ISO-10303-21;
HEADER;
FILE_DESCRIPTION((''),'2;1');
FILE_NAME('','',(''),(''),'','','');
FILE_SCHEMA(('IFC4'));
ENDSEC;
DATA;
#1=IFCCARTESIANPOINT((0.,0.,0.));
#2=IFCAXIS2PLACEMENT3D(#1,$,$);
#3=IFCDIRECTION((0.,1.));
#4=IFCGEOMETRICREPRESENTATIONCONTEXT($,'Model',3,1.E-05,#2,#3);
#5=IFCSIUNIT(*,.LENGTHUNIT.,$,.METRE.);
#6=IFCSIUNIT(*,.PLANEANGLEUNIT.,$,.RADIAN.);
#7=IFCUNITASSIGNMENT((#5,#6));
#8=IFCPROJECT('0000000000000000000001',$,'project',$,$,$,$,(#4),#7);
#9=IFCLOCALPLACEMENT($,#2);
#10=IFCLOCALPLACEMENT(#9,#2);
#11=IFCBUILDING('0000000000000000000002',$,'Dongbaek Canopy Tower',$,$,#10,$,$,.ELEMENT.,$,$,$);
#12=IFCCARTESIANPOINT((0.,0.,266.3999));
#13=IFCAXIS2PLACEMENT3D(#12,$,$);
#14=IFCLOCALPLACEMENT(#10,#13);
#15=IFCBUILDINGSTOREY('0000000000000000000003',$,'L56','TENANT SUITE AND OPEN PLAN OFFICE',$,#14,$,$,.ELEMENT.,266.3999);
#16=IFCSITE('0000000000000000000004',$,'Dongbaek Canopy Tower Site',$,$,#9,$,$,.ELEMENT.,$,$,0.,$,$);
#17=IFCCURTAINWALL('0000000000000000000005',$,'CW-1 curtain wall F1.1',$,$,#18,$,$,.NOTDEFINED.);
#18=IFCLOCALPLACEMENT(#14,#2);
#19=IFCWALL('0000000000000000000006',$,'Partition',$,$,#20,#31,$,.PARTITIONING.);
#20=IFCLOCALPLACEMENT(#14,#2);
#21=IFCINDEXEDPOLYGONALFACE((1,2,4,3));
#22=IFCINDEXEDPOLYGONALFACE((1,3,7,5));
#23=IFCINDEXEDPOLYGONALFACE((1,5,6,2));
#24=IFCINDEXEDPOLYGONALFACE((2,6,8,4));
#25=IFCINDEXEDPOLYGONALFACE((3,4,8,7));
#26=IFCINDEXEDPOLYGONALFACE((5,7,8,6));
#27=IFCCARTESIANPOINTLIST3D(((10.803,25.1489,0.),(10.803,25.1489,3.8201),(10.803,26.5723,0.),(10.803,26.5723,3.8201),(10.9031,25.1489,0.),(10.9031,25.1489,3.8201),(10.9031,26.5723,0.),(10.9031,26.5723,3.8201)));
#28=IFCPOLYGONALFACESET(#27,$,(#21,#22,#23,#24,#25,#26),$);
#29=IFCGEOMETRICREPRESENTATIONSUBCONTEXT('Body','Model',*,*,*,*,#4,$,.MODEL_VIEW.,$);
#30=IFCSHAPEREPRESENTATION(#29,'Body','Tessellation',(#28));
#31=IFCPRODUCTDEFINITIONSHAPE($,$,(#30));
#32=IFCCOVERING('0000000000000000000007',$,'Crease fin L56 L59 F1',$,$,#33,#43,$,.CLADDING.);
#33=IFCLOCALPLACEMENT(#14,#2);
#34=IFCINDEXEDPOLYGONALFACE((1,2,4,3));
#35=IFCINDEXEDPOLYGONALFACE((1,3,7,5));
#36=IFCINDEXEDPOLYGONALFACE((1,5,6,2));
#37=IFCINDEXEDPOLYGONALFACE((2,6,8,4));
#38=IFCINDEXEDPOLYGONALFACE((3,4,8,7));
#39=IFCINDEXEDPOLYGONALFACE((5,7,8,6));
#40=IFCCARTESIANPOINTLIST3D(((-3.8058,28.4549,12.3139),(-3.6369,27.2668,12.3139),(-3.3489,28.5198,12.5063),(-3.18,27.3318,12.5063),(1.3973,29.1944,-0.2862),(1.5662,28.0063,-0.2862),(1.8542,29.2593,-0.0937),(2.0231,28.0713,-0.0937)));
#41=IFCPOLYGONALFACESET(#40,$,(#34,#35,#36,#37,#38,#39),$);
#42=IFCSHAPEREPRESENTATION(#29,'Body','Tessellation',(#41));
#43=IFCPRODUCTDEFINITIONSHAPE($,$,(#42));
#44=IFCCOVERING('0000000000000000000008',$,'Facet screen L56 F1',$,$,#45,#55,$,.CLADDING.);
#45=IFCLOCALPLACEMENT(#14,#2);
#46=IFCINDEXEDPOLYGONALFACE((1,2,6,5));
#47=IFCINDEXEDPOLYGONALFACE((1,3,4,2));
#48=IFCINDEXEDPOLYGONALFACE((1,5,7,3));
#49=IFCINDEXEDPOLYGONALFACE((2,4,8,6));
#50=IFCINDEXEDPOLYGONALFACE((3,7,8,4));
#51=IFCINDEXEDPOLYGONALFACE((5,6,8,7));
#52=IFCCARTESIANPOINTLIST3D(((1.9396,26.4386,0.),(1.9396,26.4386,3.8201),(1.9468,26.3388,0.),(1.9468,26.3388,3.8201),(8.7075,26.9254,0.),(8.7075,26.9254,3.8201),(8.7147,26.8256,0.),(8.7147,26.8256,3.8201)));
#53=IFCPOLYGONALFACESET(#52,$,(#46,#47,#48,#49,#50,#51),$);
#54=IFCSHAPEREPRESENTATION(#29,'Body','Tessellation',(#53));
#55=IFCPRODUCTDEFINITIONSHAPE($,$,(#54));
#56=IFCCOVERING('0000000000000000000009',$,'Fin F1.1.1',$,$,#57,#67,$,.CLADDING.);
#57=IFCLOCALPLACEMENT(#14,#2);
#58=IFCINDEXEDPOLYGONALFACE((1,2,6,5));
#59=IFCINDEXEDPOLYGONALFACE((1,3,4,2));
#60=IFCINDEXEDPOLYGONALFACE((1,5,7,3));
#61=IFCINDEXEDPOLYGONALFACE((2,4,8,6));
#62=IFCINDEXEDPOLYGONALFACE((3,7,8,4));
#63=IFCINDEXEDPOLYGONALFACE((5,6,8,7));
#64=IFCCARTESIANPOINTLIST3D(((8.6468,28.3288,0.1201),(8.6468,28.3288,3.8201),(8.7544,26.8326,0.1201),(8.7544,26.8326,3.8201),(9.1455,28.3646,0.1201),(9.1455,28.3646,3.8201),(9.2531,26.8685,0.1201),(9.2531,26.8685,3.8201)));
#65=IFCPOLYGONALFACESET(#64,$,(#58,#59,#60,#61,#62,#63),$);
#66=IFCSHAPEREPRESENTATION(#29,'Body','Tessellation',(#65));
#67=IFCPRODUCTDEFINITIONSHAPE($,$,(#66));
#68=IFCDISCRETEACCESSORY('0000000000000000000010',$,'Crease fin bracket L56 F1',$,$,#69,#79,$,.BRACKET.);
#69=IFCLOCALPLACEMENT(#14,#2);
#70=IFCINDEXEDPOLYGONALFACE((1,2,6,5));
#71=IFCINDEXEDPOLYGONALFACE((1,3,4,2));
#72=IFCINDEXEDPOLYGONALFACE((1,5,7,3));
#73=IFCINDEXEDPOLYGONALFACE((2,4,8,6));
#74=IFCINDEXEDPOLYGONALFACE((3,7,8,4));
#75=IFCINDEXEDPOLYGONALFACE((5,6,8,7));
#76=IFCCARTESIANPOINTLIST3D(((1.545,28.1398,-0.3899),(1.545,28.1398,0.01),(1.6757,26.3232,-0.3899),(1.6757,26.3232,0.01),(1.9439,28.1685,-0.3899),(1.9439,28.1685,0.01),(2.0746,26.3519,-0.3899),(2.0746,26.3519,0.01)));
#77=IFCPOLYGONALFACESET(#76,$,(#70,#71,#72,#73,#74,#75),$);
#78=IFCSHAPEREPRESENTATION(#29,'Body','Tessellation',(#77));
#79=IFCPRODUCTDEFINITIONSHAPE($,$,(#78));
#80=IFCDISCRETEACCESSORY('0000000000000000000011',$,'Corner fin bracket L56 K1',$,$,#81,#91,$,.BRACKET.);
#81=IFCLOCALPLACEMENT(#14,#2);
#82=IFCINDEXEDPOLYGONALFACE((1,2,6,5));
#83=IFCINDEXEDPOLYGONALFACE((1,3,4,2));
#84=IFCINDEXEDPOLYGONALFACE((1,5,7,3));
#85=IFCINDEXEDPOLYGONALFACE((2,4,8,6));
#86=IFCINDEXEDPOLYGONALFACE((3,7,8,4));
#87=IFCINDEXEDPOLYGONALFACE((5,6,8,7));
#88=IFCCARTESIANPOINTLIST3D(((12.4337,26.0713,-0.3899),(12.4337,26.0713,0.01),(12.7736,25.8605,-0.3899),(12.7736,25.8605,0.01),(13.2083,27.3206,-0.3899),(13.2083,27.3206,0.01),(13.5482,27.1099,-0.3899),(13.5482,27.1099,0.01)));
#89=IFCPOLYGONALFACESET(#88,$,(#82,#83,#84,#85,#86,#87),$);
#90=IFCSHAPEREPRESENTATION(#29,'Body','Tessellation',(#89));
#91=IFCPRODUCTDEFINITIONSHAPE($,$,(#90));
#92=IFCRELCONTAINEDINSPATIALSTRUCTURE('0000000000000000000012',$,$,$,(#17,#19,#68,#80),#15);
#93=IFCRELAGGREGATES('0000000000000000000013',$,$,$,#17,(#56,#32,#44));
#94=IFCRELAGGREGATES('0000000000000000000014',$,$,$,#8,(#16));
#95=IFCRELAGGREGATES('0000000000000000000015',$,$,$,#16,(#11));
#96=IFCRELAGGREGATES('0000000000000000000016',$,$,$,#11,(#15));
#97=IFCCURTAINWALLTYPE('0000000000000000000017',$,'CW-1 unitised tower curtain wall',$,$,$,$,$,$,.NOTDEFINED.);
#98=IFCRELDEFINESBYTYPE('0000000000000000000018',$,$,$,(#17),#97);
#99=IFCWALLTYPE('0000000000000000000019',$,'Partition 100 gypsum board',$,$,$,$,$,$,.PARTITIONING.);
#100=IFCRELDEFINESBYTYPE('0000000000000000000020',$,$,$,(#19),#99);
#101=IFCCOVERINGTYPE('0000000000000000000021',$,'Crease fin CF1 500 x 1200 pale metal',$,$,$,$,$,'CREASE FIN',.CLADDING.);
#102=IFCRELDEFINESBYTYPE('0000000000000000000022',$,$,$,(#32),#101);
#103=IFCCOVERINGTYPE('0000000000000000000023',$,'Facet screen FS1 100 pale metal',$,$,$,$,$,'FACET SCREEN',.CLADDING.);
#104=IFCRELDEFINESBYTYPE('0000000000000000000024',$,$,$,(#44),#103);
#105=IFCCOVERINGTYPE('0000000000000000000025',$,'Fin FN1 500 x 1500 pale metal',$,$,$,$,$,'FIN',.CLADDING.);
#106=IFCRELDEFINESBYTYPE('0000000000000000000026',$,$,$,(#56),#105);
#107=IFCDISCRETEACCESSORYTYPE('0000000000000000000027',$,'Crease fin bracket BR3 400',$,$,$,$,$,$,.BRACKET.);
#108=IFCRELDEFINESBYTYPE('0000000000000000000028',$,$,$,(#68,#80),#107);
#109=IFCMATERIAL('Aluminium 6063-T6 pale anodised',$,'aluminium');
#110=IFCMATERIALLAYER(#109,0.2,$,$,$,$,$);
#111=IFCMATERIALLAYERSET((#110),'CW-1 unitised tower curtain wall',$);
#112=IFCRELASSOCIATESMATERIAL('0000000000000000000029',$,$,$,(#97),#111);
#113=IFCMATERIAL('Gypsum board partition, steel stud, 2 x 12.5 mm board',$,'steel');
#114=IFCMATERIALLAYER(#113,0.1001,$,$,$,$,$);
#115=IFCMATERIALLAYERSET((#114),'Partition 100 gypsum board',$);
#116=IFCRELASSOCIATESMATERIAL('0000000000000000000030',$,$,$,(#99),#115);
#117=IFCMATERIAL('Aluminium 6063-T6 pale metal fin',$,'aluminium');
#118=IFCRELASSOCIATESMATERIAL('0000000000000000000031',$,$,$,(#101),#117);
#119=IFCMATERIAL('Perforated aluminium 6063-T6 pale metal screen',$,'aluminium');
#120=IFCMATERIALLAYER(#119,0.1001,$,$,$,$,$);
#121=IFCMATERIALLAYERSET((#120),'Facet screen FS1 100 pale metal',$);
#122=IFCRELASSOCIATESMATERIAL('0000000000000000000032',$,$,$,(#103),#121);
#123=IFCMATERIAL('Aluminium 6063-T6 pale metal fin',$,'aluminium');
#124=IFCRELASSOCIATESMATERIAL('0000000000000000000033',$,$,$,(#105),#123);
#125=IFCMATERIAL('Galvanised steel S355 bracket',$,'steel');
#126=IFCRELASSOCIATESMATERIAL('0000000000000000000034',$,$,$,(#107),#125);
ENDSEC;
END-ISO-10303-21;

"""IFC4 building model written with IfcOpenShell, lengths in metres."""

from ifc_helpers import new_model, si_unit, direction, frame, frame_2d, origin, origin_2d, place, context, subcontext, project, spatial, rectangle, extrude, material, layer, layer_set, material_profile, profile_set, type_object, element, aggregate, save


model = new_model("IFC4")

# Units and contexts
model_context = context("Model", 3, precision=1e-05, world=origin(), true_north=direction((0.0, 1.0)))
body_context = subcontext(model_context, "Body", "Model", "MODEL_VIEW")
ifc_project = project(units=[si_unit("LENGTHUNIT", "METRE"), si_unit("PLANEANGLEUNIT", "RADIAN")], contexts=[model_context])

# Site, building, storey
site_placement = place(None, origin())
site = spatial("IfcSite", under=ifc_project, at=site_placement, Name="Dongbaek Canopy Tower Site", CompositionType="ELEMENT", RefElevation=0.0)
building_placement = place(site_placement, origin())
building = spatial("IfcBuilding", under=site, at=building_placement, Name="Dongbaek Canopy Tower", CompositionType="ELEMENT")
storey_placement = place(building_placement, frame((0.0, 0.0, 266.3999)))
storey = spatial("IfcBuildingStorey", under=building, at=storey_placement, Name="L56", Description="TENANT SUITE AND OPEN PLAN OFFICE", CompositionType="ELEMENT", Elevation=266.3999)

# Curtain wall
ifc_material_1 = material(Name="Aluminium 6063-T6 pale anodised", Category="aluminium")
ifc_layer_1 = layer(ifc_material_1, 0.2)
ifc_layer_set_1 = layer_set([ifc_layer_1], Name="CW-1 unitised tower curtain wall")
curtain_wall_type = type_object("IfcCurtainWallType", Name="CW-1 unitised tower curtain wall", PredefinedType="NOTDEFINED", material=ifc_layer_set_1)
curtain_wall_1_placement = place(storey_placement, origin())
curtain_wall_1 = element("IfcCurtainWall", 1, at=curtain_wall_1_placement, inside=storey, type_object=curtain_wall_type, Name="CW-1 curtain wall F1.1", PredefinedType="NOTDEFINED")

# Wall
ifc_material_2 = material(Name="Gypsum board partition, steel stud, 2 x 12.5 mm board", Category="steel")
ifc_layer_2 = layer(ifc_material_2, 0.1001)
ifc_layer_set_2 = layer_set([ifc_layer_2], Name="Partition 100 gypsum board")
wall_type = type_object("IfcWallType", Name="Partition 100 gypsum board", PredefinedType="PARTITIONING", material=ifc_layer_set_2)
wall_placement = place(storey_placement, frame((10.853, 25.1489, 0.0), z_axis=(0.0, 0.0, 1.0), x_axis=(0.0, 1.0, 0.0)))
element("IfcWall", 2, at=wall_placement, inside=storey, type_object=wall_type, Name="Partition", PredefinedType="PARTITIONING", context=body_context, shape_type="SweptSolid", body=[
    extrude(rectangle(XDim=1.4233, YDim=0.1001, at=frame_2d((0.7117, 0.0))), origin(), (0.0, 0.0, 1.0), 3.8201),
])

# Coverings
ifc_material_3 = material(Name="Aluminium 6063-T6 pale metal fin", Category="aluminium")
ifc_material_profile_1 = material_profile(ifc_material_3, rectangle(XDim=1.2, YDim=0.5, at=origin_2d()), Name="Crease fin CF1 500 x 1200 pale metal")
ifc_profile_set_1 = profile_set([ifc_material_profile_1], Name="Aluminium 6063-T6 pale metal fin")
covering_type_1 = type_object("IfcCoveringType", Name="Crease fin CF1 500 x 1200 pale metal", ElementType="CREASE FIN", PredefinedType="CLADDING", material=ifc_profile_set_1)
covering_1_placement = place(storey_placement, frame((1.7102, 28.6328, -0.1899), z_axis=(-0.381121, -0.054167, 0.922937), x_axis=(0.140712, -0.990051, 0.0)))
covering_1 = element("IfcCovering", 3, at=covering_1_placement, type_object=covering_type_1, Name="Crease fin L56 L59 F1", PredefinedType="CLADDING", context=body_context, shape_type="SweptSolid", body=[
    extrude(rectangle(XDim=1.2, YDim=0.5, at=origin_2d()), origin(), (0.0, 0.0, 1.0), 13.6521),
])
ifc_material_4 = material(Name="Perforated aluminium 6063-T6 pale metal screen", Category="aluminium")
ifc_layer_3 = layer(ifc_material_4, 0.1001)
ifc_layer_set_3 = layer_set([ifc_layer_3], Name="Facet screen FS1 100 pale metal")
covering_type_2 = type_object("IfcCoveringType", Name="Facet screen FS1 100 pale metal", ElementType="FACET SCREEN", PredefinedType="CLADDING", material=ifc_layer_set_3)
covering_2_placement = place(storey_placement, frame((5.3271, 26.6321, 0.0), z_axis=(0.0, 0.0, 1.0), x_axis=(-0.997423, -0.071745, 0.0)))
covering_2 = element("IfcCovering", 4, at=covering_2_placement, type_object=covering_type_2, Name="Facet screen L56 F1", PredefinedType="CLADDING", context=body_context, shape_type="SweptSolid", body=[
    extrude(rectangle(XDim=6.7854, YDim=0.1001, at=origin_2d()), origin(), (0.0, 0.0, 1.0), 3.8201),
])
ifc_material_5 = material(Name="Aluminium 6063-T6 pale metal fin", Category="aluminium")
ifc_material_profile_2 = material_profile(ifc_material_5, rectangle(XDim=1.5, YDim=0.5, at=origin_2d()), Name="Fin FN1 500 x 1500 pale metal")
ifc_profile_set_2 = profile_set([ifc_material_profile_2], Name="Aluminium 6063-T6 pale metal fin")
covering_type_3 = type_object("IfcCoveringType", Name="Fin FN1 500 x 1500 pale metal", ElementType="FIN", PredefinedType="CLADDING", material=ifc_profile_set_2)
covering_3_placement = place(storey_placement, frame((8.95, 27.5986, 0.1201), z_axis=(0.0, 0.0, 1.0), x_axis=(-0.071744, 0.997423, 0.0)))
covering_3 = element("IfcCovering", 5, at=covering_3_placement, type_object=covering_type_3, Name="Fin F1.1.1", PredefinedType="CLADDING", context=body_context, shape_type="SweptSolid", body=[
    extrude(rectangle(XDim=1.5, YDim=0.5, at=origin_2d()), origin(), (0.0, 0.0, 1.0), 3.7),
])
aggregate(curtain_wall_1, [covering_3, covering_1, covering_2])

# Discrete accessories
ifc_material_6 = material(Name="Galvanised steel S355 bracket", Category="steel")
discrete_accessory_type = type_object("IfcDiscreteAccessoryType", Name="Crease fin bracket BR3 400", PredefinedType="BRACKET", material=ifc_material_6)
discrete_accessory_1_placement = place(storey_placement, frame((1.8098, 27.2458, -0.3899), z_axis=(0.0, 0.0, 1.0), x_axis=(-0.071745, 0.997423, 0.0)))
element("IfcDiscreteAccessory", 6, at=discrete_accessory_1_placement, inside=storey, type_object=discrete_accessory_type, Name="Crease fin bracket L56 F1", PredefinedType="BRACKET", context=body_context, shape_type="SweptSolid", body=[
    extrude(rectangle(XDim=1.8213, YDim=0.3999, at=origin_2d()), origin(), (0.0, 0.0, 1.0), 0.3999),
])
discrete_accessory_2_placement = place(storey_placement, frame((12.991, 26.5906, -0.3899), z_axis=(0.0, 0.0, 1.0), x_axis=(0.526937, 0.849905, 0.0)))
element("IfcDiscreteAccessory", 7, at=discrete_accessory_2_placement, inside=storey, type_object=discrete_accessory_type, Name="Corner fin bracket L56 K1", PredefinedType="BRACKET", context=body_context, shape_type="SweptSolid", body=[
    extrude(rectangle(XDim=1.47, YDim=0.3999, at=origin_2d()), origin(), (0.0, 0.0, 1.0), 0.3999),
])

save(model, "model.ifc")
